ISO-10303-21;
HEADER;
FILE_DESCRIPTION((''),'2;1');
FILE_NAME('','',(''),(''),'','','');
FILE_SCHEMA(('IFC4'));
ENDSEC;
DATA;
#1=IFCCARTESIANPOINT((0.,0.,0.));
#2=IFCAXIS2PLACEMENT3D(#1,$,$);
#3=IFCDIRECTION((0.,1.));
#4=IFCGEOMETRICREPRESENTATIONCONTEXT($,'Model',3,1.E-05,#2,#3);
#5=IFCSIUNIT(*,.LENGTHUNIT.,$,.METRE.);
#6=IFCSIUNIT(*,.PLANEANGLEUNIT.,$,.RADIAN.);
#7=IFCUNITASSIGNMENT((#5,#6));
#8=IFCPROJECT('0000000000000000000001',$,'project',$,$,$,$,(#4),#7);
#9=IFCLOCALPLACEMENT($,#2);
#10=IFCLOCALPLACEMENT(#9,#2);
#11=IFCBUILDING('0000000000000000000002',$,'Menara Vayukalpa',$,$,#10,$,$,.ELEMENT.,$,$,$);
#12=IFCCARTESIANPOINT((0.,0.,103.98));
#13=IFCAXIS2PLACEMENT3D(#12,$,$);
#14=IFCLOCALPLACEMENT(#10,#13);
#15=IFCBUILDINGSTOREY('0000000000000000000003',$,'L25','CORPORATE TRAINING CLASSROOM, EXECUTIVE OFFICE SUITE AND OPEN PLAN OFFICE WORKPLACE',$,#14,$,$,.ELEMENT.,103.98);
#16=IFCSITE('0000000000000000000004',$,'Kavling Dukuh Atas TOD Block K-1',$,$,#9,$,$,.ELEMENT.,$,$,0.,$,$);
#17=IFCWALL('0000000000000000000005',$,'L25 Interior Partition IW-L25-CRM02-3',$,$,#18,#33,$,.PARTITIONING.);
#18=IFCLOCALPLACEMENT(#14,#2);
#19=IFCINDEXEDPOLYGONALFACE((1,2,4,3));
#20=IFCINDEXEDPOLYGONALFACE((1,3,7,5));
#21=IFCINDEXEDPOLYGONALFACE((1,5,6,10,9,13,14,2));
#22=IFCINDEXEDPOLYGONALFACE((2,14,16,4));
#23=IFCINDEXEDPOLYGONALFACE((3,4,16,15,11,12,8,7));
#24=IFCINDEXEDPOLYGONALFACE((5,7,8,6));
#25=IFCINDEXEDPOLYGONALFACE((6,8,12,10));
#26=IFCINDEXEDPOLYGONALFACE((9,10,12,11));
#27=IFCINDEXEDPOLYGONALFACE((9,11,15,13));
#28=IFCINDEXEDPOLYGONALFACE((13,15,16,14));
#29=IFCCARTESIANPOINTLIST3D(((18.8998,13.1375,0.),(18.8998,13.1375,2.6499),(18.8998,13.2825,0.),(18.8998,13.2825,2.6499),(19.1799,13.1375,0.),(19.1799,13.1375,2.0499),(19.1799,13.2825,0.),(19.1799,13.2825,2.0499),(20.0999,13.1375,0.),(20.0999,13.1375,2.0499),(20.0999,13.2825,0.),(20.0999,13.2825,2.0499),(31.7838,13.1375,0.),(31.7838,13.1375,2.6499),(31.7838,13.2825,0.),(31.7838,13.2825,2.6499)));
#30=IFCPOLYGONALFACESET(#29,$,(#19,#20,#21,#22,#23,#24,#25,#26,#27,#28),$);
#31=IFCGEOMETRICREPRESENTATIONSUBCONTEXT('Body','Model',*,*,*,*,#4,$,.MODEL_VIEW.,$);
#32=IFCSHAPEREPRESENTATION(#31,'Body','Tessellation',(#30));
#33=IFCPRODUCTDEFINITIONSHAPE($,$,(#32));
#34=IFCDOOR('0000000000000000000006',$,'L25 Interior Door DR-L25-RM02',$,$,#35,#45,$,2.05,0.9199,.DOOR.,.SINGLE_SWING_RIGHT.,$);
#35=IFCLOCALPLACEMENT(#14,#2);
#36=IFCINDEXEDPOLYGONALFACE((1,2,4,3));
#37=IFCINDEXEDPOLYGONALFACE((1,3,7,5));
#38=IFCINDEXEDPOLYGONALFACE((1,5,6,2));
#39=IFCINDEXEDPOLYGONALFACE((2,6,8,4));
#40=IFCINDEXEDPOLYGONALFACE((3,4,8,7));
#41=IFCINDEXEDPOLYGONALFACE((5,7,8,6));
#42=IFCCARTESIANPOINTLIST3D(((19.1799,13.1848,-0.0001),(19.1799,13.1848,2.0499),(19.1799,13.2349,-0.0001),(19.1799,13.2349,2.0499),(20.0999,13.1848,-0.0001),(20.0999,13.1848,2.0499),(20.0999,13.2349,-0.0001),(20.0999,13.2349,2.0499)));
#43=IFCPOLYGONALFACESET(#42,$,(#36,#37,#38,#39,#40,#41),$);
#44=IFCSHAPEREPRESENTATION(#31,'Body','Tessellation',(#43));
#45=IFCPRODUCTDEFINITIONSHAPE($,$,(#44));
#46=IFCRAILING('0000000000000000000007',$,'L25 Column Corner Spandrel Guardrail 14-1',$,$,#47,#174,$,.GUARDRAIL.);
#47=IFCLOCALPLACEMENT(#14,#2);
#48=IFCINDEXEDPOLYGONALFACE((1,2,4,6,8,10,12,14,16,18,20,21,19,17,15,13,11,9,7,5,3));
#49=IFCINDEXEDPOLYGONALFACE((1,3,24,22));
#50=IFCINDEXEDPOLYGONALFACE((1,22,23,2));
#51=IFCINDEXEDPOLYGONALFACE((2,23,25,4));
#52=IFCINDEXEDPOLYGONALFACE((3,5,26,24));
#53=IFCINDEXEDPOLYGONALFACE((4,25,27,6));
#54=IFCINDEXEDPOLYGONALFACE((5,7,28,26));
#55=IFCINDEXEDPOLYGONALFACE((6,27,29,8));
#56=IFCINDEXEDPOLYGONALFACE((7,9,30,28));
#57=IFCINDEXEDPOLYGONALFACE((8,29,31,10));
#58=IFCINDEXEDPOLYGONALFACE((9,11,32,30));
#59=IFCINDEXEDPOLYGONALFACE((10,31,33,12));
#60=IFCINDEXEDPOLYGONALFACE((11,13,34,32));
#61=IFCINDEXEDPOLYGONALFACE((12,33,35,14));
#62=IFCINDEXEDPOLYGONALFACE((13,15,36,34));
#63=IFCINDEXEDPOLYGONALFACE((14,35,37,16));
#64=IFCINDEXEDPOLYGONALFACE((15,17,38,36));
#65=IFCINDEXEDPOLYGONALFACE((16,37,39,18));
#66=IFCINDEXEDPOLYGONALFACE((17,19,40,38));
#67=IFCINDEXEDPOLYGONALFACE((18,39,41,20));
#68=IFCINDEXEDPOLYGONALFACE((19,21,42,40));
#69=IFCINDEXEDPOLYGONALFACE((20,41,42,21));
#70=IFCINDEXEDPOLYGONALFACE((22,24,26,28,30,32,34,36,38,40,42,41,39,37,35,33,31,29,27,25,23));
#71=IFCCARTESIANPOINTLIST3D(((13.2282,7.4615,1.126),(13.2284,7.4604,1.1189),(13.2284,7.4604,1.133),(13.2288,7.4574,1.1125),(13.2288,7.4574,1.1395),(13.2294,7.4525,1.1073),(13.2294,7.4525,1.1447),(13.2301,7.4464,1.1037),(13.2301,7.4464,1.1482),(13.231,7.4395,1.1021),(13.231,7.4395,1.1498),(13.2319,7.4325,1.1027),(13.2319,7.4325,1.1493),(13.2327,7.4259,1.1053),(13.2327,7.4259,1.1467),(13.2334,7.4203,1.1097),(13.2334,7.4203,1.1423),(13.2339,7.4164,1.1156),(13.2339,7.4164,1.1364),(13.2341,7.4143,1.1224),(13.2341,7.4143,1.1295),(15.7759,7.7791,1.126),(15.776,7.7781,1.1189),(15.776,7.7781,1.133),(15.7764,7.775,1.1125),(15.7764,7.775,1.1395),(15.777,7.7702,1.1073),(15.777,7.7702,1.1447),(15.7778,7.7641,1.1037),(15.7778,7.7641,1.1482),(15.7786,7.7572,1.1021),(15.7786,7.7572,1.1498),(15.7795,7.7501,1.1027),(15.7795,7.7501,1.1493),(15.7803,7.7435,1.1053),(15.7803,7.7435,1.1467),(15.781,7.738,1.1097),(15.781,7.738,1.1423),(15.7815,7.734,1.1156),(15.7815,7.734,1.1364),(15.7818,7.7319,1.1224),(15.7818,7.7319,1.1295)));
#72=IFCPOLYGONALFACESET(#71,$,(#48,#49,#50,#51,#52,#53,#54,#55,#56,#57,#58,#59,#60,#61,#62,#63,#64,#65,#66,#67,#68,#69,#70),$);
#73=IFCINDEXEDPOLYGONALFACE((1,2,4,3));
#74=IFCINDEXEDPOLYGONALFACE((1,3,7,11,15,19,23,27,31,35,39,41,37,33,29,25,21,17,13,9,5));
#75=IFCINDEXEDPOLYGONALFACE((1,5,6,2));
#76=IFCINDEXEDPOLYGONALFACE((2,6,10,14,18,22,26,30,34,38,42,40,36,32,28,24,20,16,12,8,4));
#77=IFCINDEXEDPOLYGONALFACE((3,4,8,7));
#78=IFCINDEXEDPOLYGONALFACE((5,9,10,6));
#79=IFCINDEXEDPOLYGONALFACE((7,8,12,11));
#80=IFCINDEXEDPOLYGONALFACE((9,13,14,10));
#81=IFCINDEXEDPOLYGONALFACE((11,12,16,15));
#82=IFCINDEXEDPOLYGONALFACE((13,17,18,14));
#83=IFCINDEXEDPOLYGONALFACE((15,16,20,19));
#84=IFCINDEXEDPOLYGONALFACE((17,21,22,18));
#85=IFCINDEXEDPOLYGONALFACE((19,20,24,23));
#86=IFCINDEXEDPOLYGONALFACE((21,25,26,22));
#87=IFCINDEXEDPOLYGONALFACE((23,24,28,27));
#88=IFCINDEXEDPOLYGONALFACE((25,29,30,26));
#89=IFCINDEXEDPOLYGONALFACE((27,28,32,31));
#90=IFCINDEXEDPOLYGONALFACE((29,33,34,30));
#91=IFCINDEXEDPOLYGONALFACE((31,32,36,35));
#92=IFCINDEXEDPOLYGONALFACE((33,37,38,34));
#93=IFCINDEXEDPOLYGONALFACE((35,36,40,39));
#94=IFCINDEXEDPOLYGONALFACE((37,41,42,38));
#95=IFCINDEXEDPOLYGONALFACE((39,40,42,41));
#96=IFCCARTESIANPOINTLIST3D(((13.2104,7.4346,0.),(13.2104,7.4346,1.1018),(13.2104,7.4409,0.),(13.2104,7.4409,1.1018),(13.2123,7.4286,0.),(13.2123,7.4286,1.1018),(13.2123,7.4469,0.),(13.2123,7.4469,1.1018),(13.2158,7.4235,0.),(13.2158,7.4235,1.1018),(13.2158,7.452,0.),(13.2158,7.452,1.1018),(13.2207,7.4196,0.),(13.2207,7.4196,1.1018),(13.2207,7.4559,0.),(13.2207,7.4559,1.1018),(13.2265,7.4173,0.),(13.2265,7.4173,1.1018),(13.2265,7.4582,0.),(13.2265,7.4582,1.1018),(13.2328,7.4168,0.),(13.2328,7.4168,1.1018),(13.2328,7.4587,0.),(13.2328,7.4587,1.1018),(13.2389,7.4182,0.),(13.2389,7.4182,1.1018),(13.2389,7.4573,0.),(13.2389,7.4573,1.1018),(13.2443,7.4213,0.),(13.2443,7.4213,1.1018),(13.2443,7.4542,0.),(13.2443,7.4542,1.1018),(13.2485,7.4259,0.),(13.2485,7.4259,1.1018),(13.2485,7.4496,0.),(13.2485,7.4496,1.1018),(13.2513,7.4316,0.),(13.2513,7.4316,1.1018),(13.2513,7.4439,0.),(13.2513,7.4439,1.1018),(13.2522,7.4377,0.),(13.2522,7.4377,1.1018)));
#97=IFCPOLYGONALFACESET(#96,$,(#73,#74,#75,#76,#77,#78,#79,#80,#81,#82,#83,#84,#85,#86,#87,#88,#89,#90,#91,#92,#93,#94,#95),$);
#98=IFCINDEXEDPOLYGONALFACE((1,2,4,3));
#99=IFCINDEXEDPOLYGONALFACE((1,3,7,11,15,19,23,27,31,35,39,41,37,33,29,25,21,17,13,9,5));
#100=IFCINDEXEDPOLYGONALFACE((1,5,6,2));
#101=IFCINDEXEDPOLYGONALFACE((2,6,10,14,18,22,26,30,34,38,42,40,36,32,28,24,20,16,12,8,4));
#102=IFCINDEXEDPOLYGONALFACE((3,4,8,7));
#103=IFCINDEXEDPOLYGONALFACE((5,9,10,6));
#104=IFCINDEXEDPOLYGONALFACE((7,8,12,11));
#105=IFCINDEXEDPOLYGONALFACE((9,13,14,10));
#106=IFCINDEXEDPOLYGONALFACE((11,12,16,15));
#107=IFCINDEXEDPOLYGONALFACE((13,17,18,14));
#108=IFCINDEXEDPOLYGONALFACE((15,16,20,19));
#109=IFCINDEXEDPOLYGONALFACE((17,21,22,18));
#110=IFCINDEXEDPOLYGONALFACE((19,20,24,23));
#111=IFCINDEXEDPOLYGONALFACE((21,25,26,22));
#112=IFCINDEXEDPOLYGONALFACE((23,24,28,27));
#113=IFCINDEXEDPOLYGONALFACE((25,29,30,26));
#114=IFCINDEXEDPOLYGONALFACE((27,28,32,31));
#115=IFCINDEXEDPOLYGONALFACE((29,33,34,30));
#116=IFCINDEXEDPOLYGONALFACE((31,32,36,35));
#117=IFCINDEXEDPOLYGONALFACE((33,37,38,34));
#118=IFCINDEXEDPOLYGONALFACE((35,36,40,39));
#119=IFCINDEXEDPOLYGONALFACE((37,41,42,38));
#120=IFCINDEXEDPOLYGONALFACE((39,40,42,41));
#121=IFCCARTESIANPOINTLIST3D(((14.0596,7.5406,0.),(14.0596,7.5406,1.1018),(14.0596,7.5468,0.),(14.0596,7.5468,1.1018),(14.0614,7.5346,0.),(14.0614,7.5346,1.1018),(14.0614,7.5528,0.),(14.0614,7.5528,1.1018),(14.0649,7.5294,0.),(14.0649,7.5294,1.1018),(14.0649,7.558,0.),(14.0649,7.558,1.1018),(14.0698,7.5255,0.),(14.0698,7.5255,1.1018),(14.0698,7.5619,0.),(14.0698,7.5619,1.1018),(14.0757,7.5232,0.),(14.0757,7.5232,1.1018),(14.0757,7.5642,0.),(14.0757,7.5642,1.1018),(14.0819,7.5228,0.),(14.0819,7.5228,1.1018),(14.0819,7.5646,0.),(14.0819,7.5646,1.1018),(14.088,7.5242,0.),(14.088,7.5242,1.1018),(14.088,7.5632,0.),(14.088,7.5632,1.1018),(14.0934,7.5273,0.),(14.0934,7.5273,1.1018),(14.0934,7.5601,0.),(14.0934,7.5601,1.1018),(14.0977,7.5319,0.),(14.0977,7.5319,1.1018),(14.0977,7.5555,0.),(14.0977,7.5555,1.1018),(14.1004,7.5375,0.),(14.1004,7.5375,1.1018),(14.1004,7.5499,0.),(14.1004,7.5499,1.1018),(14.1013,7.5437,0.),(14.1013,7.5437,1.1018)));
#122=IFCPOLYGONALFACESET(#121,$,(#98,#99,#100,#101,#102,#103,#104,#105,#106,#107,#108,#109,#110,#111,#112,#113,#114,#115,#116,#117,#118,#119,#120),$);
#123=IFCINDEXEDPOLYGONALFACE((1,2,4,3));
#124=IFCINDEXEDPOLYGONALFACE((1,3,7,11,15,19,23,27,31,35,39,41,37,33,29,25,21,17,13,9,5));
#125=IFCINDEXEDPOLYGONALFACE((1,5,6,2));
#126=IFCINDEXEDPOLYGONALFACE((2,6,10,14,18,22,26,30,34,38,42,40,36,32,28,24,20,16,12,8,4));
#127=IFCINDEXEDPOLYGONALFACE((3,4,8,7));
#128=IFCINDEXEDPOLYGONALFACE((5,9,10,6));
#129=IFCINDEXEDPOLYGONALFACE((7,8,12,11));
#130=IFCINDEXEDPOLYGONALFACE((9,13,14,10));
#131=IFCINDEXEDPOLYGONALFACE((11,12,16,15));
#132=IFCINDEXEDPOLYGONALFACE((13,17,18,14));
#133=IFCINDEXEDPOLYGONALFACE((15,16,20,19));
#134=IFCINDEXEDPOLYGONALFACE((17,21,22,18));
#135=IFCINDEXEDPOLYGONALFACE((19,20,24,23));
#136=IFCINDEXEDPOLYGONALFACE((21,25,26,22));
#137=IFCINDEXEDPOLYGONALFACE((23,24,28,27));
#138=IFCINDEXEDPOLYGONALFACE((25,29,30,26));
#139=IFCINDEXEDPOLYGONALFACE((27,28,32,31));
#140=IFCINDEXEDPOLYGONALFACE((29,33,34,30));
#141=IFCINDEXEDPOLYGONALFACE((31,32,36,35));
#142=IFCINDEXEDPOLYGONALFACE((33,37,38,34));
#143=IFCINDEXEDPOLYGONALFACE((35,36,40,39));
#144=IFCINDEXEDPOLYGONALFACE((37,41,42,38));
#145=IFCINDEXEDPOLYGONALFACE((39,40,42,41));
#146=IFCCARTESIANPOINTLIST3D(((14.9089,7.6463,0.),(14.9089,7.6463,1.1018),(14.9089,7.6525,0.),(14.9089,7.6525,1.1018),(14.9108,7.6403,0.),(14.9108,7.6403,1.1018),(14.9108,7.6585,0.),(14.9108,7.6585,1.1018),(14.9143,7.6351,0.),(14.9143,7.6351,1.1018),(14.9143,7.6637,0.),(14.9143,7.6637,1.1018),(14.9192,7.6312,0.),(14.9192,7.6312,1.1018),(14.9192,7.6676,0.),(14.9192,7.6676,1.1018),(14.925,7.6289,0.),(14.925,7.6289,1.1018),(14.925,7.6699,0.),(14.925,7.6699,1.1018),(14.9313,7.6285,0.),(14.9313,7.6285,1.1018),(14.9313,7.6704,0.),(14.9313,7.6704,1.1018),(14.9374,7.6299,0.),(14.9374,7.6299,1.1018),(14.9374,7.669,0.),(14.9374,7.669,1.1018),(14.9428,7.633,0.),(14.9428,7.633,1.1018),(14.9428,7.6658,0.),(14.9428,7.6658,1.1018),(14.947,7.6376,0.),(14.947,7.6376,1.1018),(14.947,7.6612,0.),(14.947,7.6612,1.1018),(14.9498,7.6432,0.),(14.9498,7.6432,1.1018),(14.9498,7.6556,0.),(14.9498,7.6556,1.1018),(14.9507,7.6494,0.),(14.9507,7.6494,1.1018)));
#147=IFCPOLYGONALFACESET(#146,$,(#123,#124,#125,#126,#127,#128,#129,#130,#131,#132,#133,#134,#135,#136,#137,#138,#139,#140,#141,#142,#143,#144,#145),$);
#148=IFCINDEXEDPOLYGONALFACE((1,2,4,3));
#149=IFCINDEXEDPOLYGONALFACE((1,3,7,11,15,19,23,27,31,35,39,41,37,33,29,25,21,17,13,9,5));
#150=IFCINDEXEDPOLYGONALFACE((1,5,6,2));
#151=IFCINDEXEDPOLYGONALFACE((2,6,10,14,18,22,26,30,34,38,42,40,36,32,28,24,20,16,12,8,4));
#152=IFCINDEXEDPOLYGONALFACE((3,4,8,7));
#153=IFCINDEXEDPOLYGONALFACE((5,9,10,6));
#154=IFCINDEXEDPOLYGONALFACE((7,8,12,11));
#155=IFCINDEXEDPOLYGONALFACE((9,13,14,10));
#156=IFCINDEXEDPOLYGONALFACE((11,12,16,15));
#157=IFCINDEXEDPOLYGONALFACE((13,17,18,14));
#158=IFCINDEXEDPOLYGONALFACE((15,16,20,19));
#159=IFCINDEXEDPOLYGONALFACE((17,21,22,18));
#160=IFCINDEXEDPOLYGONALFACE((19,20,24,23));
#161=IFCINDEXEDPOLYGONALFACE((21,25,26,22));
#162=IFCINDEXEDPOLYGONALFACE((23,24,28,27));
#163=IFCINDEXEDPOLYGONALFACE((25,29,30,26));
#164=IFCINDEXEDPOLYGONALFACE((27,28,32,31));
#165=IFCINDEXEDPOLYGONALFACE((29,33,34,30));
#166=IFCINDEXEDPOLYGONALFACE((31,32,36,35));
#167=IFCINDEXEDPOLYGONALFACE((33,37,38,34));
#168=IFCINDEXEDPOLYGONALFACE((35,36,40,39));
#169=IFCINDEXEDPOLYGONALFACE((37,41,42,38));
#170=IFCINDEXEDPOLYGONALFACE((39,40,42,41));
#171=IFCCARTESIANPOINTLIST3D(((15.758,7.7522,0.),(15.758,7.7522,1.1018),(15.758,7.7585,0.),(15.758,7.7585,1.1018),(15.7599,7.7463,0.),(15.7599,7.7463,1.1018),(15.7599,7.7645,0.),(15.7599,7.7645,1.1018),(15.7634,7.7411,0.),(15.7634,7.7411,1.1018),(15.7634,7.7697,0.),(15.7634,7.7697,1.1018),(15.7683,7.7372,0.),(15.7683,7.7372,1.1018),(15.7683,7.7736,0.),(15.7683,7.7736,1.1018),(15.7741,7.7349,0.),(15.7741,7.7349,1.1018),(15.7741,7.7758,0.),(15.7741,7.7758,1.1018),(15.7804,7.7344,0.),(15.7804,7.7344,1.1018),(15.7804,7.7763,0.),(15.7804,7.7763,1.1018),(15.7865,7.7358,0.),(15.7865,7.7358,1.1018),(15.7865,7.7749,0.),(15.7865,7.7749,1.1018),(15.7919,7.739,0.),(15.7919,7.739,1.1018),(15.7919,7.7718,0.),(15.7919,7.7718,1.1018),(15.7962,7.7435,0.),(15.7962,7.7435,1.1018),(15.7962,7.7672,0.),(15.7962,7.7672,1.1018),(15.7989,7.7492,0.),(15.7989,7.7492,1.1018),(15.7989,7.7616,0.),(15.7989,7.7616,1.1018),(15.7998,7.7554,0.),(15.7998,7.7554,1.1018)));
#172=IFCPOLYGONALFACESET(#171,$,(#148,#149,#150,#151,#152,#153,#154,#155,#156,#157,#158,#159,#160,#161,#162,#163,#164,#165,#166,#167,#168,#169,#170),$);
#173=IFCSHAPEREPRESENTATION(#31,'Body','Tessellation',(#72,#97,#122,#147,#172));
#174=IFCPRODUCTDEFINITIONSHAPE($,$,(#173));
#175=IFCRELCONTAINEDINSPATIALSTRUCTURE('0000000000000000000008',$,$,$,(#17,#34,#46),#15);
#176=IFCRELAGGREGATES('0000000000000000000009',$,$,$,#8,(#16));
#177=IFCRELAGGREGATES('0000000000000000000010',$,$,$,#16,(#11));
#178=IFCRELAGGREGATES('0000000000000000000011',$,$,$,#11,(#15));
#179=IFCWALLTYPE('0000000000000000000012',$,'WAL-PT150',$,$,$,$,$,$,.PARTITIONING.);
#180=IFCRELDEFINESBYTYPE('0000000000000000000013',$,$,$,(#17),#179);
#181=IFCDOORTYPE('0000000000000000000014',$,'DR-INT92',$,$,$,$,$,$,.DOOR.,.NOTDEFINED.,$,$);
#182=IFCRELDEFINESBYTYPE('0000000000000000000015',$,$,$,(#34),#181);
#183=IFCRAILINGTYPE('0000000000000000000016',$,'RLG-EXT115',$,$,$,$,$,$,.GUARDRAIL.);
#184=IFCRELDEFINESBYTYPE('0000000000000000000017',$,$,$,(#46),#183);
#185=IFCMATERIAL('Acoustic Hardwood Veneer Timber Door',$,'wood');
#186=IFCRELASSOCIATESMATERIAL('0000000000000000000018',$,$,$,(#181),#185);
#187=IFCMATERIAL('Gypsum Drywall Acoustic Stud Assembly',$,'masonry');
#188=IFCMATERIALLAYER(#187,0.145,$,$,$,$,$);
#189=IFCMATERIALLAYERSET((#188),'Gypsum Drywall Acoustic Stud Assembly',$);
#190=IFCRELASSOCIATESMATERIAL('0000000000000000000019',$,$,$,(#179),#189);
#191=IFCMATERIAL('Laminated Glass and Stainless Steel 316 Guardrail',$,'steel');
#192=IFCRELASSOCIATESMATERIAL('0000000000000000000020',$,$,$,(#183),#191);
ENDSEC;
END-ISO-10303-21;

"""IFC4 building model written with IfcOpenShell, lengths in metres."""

from ifc_helpers import new_model, si_unit, direction, frame, frame_2d, origin, origin_2d, place, context, subcontext, project, spatial, rectangle, circle, extrude, material, layer, layer_set, type_object, element, fill, save


model = new_model("IFC4")

# Units and contexts
model_context = context("Model", 3, precision=1e-05, world=origin(), true_north=direction((0.0, 1.0)))
body_context = subcontext(model_context, "Body", "Model", "MODEL_VIEW")
ifc_project = project(units=[si_unit("LENGTHUNIT", "METRE"), si_unit("PLANEANGLEUNIT", "RADIAN")], contexts=[model_context])

# Site, building, storey
site_placement = place(None, origin())
site = spatial("IfcSite", under=ifc_project, at=site_placement, Name="Kavling Dukuh Atas TOD Block K-1", CompositionType="ELEMENT", RefElevation=0.0)
building_placement = place(site_placement, origin())
building = spatial("IfcBuilding", under=site, at=building_placement, Name="Menara Vayukalpa", CompositionType="ELEMENT")
storey_placement = place(building_placement, frame((0.0, 0.0, 103.98)))
storey = spatial("IfcBuildingStorey", under=building, at=storey_placement, Name="L25", Description="CORPORATE TRAINING CLASSROOM, EXECUTIVE OFFICE SUITE AND OPEN PLAN OFFICE WORKPLACE", CompositionType="ELEMENT", Elevation=103.98)

# Wall, opening, door
ifc_material_1 = material(Name="Acoustic Hardwood Veneer Timber Door", Category="wood")
door_type = type_object("IfcDoorType", Name="DR-INT92", OperationType="NOTDEFINED", PredefinedType="DOOR", material=ifc_material_1)
ifc_material_2 = material(Name="Gypsum Drywall Acoustic Stud Assembly", Category="masonry")
ifc_layer_1 = layer(ifc_material_2, 0.145)
ifc_layer_set_1 = layer_set([ifc_layer_1], Name="Gypsum Drywall Acoustic Stud Assembly")
wall_type_1 = type_object("IfcWallType", Name="WAL-PT150", PredefinedType="PARTITIONING", material=ifc_layer_set_1)
wall_1_placement = place(storey_placement, frame((18.8999, 13.21, 0.0), z_axis=(0.0, 0.0, 1.0), x_axis=(1.0, 0.0, 0.0)))
wall_1 = element("IfcWall", 1, at=wall_1_placement, inside=storey, type_object=wall_type_1, Name="L25 Interior Partition IW-L25-CRM02-3", PredefinedType="PARTITIONING", context=body_context, shape_type="SweptSolid", body=[
    extrude(rectangle(XDim=12.884, YDim=0.145, at=frame_2d((6.4419, 0.0))), origin(), (0.0, 0.0, 1.0), 2.6499),
])
opening_1_placement = place(wall_1_placement, frame((0.28, 0.0, 0.0)))
opening_1 = element("IfcOpeningElement", 2, at=opening_1_placement, cuts=wall_1, PredefinedType="OPENING", context=body_context, shape_type="SweptSolid", body=[
    extrude(rectangle(XDim=0.9199, YDim=2.05, at=frame_2d((0.46, 1.0249))), frame((0.0, 0.0825, 0.0), z_axis=(0.0, -1.0, 0.0), x_axis=(1.0, 0.0, 0.0)), (0.0, 0.0, 1.0), 0.165),
])
door_1_placement = place(opening_1_placement, origin())
door_1 = element("IfcDoor", 3, at=door_1_placement, inside=storey, type_object=door_type, Name="L25 Interior Door DR-L25-RM02", OperationType="SINGLE_SWING_RIGHT", OverallHeight=2.05, OverallWidth=0.9199, PredefinedType="DOOR", context=body_context, shape_type="SweptSolid", body=[
    extrude(rectangle(XDim=0.9199, YDim=2.05, at=frame_2d((0.46, 1.0249))), frame((0.0, 0.0249, 0.0), z_axis=(0.0, -1.0, 0.0), x_axis=(1.0, 0.0, 0.0)), (0.0, 0.0, 1.0), 0.05),
])
fill(opening_1, door_1)

# Railing
ifc_material_3 = material(Name="Laminated Glass and Stainless Steel 316 Guardrail", Category="steel")
railing_type = type_object("IfcRailingType", Name="RLG-EXT115", PredefinedType="GUARDRAIL", material=ifc_material_3)
railing_placement = place(storey_placement, frame((13.2312, 7.4377, 0.0)))
element("IfcRailing", 4, at=railing_placement, inside=storey, type_object=railing_type, Name="L25 Column Corner Spandrel Guardrail 14-1", PredefinedType="GUARDRAIL", context=body_context, shape_type="SweptSolid", body=[
    extrude(circle(Radius=0.0239, at=origin_2d()), frame((0.0, 0.0, 1.126), z_axis=(0.992317, 0.123719, 0.0), x_axis=(-0.123719, 0.992317, 0.0)), (0.0, 0.0, 1.0), 2.5674),
    extrude(circle(Radius=0.021, at=origin_2d()), origin(), (0.0, 0.0, 1.0), 1.1018),
    extrude(circle(Radius=0.021, at=origin_2d()), frame((0.8491, 0.106, 0.0)), (0.0, 0.0, 1.0), 1.1018),
    extrude(circle(Radius=0.021, at=origin_2d()), frame((1.6985, 0.2117, 0.0)), (0.0, 0.0, 1.0), 1.1018),
    extrude(circle(Radius=0.021, at=origin_2d()), frame((2.5476, 0.3176, 0.0)), (0.0, 0.0, 1.0), 1.1018),
])

save(model, "model.ifc")
